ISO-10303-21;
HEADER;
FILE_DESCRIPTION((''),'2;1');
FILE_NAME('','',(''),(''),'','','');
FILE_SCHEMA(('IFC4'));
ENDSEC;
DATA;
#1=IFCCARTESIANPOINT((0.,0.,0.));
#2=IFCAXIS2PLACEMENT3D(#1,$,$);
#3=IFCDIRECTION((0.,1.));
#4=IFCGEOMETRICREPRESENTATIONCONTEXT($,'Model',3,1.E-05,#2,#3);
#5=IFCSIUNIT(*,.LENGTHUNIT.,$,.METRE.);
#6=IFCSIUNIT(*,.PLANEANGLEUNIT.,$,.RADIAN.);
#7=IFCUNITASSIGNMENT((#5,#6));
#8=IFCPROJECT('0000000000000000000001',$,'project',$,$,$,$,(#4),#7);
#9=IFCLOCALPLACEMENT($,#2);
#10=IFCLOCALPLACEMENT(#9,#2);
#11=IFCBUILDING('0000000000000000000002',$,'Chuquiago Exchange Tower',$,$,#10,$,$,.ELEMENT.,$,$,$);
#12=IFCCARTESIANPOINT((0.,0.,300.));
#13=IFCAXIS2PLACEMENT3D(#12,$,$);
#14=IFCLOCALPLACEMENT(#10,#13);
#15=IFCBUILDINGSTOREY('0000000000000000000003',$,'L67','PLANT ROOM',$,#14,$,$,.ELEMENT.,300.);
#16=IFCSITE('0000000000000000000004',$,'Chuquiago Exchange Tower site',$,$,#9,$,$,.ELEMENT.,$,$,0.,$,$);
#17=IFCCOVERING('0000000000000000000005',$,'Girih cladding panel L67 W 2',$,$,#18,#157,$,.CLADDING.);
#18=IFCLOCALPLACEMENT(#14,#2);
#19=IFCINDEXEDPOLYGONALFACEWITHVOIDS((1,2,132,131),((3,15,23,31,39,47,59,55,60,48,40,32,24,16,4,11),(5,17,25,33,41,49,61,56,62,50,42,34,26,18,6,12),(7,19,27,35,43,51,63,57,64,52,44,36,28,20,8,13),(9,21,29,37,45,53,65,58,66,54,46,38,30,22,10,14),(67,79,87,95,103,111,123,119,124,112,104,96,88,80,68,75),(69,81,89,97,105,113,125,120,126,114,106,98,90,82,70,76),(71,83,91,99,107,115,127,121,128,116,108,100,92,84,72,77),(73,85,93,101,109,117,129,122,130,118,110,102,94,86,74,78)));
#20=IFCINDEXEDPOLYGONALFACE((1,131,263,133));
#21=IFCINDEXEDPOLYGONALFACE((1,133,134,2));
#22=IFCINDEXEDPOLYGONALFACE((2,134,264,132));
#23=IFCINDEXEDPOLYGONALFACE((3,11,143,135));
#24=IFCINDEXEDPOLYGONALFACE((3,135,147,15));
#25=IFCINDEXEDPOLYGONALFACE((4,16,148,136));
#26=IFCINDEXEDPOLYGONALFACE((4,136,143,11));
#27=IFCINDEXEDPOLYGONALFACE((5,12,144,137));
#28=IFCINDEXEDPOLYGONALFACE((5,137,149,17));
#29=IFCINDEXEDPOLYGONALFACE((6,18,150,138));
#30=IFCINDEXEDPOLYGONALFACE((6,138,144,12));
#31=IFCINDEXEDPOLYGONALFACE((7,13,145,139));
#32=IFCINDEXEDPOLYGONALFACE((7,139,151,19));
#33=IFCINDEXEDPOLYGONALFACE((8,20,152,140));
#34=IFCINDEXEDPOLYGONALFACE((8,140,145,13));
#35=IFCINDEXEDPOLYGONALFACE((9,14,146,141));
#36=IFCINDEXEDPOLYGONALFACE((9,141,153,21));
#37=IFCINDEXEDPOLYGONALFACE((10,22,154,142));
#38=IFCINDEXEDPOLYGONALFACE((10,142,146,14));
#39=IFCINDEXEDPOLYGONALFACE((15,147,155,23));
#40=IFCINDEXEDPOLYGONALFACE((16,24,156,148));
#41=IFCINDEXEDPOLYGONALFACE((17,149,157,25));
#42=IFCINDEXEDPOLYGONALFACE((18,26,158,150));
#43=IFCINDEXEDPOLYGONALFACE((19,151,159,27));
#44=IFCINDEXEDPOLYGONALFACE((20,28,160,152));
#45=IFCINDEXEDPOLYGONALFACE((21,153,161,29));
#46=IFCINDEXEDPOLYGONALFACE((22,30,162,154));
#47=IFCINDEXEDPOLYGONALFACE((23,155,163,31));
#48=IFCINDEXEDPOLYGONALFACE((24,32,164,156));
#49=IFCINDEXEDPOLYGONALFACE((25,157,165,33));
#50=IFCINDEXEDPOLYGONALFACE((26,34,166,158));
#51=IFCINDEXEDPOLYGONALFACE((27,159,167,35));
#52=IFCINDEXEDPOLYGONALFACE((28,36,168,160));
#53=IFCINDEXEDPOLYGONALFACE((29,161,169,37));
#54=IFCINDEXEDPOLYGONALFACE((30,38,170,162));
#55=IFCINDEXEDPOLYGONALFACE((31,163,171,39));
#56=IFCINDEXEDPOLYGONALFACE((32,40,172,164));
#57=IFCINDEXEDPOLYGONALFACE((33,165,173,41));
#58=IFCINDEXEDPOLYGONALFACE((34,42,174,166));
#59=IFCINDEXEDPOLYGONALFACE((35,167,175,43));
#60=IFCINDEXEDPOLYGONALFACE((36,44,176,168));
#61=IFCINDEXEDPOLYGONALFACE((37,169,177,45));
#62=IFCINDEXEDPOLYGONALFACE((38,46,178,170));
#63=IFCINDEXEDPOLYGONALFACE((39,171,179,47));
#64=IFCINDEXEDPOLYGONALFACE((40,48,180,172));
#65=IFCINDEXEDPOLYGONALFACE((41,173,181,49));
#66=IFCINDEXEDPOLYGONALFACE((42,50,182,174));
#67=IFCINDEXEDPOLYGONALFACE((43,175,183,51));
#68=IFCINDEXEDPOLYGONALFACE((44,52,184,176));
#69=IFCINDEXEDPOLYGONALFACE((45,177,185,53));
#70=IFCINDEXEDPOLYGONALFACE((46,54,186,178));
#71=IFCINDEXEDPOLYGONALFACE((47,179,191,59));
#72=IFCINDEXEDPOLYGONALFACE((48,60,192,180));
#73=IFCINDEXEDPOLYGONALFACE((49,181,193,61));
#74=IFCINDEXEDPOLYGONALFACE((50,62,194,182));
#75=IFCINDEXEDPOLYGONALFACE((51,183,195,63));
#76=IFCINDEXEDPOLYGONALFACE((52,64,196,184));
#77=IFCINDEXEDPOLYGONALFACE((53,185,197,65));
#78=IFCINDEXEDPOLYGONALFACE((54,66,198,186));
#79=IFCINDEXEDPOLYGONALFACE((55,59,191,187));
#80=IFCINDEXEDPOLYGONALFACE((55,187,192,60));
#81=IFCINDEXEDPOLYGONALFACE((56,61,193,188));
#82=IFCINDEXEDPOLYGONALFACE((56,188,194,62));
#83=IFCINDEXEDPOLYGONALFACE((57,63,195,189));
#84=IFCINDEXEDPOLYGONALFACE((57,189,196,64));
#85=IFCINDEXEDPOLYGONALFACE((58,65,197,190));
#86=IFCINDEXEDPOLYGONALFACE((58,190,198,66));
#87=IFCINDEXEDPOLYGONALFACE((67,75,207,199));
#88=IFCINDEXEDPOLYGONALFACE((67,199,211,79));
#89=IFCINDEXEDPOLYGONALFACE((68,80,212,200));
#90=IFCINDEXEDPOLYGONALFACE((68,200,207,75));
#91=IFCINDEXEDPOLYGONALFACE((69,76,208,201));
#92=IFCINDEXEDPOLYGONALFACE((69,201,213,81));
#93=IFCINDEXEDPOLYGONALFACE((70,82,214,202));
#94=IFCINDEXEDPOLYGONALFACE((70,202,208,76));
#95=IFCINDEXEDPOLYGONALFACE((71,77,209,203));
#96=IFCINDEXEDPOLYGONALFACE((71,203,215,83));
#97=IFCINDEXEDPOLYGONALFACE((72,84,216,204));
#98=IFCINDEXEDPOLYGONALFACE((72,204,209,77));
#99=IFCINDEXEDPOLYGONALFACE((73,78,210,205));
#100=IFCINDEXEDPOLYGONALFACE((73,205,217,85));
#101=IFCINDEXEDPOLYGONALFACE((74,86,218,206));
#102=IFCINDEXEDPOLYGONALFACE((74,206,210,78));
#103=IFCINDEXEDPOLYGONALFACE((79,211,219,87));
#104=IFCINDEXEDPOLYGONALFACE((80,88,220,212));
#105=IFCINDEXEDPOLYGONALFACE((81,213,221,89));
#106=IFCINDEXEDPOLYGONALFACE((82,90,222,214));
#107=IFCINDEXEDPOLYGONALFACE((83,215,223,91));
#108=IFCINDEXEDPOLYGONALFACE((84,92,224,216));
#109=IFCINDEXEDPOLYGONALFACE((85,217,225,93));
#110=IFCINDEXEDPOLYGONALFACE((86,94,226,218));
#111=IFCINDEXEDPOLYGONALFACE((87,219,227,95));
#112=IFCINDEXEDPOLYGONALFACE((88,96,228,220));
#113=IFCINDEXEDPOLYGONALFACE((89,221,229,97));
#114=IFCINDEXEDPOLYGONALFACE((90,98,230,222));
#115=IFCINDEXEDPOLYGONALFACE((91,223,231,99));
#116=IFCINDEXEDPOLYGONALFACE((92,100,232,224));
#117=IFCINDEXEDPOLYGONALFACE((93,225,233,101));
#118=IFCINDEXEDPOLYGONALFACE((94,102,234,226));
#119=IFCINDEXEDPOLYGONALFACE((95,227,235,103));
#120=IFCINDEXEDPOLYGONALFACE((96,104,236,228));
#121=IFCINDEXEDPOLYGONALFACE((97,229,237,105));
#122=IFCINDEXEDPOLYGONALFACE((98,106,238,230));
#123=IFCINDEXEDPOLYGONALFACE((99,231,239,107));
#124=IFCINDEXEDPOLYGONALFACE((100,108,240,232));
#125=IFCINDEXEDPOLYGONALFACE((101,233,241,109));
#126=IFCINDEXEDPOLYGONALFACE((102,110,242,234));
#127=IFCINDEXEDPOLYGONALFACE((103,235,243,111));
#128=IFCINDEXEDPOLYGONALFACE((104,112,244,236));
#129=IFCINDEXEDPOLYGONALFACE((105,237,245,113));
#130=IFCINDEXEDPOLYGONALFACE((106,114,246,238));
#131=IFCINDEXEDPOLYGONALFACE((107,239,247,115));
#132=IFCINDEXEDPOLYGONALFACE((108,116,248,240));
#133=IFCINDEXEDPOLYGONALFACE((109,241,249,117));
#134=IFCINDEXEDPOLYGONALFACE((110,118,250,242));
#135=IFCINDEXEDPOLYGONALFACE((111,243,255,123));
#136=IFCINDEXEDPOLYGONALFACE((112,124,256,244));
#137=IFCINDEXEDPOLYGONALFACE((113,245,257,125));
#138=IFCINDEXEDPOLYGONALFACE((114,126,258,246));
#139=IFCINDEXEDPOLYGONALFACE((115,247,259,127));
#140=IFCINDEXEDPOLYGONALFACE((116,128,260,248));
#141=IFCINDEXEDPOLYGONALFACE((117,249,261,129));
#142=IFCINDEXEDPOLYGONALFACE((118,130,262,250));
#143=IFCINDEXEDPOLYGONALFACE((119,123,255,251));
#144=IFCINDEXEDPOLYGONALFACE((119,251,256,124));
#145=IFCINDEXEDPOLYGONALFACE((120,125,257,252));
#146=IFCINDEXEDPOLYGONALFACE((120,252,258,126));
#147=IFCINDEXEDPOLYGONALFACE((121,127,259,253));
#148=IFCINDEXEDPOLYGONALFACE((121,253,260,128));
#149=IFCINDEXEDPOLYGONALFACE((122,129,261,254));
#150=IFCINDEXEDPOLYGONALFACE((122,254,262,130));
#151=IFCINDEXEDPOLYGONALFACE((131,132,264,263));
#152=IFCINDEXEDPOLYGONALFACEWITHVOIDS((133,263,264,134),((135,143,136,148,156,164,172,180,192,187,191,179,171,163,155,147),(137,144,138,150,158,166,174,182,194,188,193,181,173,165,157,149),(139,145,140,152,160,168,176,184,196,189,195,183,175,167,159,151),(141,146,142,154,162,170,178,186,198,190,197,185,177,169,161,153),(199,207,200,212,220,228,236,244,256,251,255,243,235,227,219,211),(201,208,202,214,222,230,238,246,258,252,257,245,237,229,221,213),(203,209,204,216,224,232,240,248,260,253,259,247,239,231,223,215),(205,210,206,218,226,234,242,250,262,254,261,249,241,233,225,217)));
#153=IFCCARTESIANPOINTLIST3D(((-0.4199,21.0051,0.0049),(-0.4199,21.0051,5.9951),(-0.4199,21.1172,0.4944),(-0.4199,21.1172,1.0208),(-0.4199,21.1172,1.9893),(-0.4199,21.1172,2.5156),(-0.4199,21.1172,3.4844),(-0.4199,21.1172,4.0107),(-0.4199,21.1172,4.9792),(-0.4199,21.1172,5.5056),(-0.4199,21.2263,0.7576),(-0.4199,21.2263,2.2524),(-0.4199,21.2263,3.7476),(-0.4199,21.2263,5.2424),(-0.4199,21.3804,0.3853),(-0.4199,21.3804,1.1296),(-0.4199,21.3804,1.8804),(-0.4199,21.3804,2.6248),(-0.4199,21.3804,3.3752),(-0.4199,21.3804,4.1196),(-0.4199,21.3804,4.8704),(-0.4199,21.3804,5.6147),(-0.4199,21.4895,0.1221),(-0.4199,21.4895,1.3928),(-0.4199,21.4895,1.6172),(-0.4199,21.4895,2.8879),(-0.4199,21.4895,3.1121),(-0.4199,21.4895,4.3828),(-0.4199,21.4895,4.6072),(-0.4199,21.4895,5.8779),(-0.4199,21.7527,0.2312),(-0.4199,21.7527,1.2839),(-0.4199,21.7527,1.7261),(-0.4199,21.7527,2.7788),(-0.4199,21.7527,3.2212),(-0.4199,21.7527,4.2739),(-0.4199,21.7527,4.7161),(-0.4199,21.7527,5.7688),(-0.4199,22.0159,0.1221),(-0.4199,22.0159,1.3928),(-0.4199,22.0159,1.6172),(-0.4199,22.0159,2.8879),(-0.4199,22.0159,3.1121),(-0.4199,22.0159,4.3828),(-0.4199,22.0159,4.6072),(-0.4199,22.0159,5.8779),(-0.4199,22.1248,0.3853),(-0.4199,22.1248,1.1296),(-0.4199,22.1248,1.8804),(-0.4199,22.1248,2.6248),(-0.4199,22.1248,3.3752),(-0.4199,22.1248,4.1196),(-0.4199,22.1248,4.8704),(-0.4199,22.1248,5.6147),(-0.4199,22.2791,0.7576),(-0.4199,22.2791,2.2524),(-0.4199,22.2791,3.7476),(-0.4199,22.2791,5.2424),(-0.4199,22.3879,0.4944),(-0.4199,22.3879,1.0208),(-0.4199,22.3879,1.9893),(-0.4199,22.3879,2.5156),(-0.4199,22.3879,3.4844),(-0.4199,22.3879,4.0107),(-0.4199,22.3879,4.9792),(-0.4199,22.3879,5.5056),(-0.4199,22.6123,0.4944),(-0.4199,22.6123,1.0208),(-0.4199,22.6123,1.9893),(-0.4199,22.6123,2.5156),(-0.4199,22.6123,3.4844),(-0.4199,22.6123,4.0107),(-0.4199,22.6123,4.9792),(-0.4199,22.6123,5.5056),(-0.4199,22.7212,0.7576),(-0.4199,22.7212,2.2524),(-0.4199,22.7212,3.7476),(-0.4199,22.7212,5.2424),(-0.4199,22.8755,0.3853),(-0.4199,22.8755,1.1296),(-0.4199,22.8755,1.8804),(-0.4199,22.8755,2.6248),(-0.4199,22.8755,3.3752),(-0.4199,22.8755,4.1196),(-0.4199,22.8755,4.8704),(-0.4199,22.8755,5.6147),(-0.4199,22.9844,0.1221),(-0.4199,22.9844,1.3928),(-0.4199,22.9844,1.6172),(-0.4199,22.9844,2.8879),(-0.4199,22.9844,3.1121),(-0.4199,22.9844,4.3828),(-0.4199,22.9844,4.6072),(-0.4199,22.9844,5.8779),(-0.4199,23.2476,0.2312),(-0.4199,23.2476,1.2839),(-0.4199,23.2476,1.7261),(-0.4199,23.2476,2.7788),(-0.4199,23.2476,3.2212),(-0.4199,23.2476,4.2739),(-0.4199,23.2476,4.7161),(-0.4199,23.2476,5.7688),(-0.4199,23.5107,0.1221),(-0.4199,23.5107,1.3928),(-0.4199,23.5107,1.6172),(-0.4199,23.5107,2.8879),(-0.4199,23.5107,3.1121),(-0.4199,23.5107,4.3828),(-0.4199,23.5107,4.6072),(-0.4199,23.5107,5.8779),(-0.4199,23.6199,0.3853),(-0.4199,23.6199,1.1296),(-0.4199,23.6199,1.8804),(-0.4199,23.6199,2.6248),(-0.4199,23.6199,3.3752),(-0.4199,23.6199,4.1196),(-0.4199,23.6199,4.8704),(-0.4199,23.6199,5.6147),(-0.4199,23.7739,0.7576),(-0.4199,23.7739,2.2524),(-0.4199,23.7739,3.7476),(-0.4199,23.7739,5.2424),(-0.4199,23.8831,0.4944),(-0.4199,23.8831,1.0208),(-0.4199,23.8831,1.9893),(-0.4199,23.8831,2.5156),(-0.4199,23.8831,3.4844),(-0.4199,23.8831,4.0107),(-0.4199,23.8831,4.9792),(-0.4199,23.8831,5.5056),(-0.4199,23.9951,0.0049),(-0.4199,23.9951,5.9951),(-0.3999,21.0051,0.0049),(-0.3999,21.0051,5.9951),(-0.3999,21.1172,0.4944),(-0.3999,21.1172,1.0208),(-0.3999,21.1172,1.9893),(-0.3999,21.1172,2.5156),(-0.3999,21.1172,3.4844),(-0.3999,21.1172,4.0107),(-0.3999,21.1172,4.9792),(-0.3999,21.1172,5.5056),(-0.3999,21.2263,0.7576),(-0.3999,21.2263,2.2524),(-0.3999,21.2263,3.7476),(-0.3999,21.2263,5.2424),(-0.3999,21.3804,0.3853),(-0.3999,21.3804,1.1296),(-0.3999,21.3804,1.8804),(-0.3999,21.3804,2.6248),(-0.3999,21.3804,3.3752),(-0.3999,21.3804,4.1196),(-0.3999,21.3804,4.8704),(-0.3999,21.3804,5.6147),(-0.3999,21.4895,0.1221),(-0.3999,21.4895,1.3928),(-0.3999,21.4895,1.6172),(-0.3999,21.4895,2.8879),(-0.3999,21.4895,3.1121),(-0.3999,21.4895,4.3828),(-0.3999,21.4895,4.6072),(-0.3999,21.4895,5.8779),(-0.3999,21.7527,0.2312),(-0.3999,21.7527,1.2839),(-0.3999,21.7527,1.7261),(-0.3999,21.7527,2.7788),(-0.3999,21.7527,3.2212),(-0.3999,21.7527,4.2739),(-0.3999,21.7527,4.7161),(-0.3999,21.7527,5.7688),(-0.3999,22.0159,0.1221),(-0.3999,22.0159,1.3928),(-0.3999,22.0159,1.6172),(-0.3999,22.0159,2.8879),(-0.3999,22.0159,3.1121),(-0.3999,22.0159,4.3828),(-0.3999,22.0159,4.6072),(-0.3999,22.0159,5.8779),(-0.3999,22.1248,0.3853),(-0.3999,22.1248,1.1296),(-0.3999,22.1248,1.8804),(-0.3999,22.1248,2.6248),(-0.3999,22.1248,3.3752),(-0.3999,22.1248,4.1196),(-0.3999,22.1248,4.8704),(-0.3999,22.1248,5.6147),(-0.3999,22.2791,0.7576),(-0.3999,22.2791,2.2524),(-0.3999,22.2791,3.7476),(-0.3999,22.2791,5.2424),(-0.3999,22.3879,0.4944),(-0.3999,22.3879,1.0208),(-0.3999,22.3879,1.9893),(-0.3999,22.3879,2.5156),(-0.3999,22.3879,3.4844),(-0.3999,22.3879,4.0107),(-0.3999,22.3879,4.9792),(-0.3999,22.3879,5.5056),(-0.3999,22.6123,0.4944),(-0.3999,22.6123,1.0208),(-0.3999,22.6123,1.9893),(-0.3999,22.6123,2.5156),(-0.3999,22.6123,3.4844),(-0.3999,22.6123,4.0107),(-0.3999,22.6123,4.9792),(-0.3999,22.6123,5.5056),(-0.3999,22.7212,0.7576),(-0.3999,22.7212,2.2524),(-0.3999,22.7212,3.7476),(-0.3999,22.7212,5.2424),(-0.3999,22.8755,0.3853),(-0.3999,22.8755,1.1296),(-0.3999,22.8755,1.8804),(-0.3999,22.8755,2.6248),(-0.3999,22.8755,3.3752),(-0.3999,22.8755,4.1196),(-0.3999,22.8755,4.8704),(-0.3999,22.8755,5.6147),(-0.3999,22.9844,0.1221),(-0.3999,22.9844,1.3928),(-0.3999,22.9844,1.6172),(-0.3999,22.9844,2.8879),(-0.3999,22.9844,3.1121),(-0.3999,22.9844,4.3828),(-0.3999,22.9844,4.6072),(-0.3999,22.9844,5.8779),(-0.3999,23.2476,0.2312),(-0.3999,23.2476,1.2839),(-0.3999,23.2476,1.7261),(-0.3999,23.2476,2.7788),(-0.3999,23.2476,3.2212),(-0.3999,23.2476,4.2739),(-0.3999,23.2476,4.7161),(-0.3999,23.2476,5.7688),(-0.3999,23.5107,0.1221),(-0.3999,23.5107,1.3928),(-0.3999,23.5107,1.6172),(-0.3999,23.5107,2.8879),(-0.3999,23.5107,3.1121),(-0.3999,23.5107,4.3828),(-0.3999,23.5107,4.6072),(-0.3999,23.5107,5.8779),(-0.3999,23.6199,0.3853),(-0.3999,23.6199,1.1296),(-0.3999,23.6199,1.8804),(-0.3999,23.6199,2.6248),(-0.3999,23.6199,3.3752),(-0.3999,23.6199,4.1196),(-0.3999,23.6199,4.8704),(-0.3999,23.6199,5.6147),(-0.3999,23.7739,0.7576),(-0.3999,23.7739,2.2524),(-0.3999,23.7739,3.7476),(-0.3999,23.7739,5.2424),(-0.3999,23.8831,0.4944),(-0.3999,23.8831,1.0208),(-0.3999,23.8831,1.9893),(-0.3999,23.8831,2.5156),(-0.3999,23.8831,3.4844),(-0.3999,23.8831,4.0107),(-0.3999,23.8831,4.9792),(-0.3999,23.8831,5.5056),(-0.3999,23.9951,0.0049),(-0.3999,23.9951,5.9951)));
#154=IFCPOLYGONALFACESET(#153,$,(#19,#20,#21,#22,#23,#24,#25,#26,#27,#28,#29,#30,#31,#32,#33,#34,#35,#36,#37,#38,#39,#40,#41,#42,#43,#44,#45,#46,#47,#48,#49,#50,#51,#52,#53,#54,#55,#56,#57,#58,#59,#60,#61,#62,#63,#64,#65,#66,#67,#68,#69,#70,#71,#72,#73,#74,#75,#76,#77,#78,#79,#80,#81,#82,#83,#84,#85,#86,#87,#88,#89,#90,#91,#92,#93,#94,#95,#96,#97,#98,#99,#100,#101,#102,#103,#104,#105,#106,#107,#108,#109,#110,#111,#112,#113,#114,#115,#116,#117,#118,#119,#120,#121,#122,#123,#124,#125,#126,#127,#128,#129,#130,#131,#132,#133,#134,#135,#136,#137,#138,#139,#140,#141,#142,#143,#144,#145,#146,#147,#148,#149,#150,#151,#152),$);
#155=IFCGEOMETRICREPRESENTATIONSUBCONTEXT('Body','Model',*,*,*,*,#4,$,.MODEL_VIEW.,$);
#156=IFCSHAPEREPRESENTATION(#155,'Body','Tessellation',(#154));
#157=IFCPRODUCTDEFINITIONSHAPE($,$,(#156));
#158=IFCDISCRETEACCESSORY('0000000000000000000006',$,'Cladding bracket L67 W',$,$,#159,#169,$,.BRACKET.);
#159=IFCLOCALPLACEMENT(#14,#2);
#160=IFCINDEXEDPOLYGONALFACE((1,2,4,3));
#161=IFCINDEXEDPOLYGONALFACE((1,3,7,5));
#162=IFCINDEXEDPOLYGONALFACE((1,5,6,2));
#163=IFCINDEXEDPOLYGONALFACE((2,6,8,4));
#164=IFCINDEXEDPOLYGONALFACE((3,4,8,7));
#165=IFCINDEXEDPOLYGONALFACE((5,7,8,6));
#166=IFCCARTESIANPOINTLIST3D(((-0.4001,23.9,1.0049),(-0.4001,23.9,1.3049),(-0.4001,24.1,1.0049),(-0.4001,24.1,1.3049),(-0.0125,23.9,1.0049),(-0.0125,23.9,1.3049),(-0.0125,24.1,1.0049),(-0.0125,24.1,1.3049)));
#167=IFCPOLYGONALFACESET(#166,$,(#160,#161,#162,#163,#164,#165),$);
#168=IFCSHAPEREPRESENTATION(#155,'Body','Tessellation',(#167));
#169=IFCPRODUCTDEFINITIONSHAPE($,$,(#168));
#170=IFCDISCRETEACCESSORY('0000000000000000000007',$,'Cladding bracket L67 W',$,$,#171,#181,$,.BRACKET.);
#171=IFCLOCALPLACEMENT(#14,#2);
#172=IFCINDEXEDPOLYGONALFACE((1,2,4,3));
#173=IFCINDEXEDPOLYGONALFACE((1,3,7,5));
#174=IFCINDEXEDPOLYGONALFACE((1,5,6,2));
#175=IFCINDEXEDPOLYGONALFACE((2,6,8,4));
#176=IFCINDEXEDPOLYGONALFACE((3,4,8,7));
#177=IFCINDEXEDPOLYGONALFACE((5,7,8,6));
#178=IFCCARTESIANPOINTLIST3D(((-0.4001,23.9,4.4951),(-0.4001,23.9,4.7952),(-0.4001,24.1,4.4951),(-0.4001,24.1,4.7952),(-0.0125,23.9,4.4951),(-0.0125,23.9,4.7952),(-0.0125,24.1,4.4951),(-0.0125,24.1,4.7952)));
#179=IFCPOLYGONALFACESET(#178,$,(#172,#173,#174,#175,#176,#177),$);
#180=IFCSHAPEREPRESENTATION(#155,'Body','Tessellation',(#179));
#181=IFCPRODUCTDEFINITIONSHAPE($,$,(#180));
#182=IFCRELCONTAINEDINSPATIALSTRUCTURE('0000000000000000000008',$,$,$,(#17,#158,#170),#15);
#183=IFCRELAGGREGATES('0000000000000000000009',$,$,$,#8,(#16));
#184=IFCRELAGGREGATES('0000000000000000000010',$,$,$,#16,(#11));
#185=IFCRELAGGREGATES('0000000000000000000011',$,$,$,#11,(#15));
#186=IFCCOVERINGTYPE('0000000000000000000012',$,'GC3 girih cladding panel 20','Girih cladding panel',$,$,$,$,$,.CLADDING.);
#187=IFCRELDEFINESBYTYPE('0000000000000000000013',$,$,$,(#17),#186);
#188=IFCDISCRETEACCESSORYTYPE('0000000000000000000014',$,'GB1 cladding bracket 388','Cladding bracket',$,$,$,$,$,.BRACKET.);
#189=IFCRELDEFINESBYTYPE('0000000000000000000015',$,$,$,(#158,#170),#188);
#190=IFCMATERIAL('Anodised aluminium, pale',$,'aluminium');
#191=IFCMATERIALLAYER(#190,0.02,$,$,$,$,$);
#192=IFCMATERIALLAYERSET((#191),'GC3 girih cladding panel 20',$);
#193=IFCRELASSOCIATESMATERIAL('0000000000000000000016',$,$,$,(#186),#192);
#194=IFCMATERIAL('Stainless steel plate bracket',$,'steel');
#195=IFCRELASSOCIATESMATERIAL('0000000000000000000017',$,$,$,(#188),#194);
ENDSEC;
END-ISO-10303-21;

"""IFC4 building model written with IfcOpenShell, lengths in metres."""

from ifc_helpers import new_model, si_unit, direction, frame, origin, origin_2d, place, context, subcontext, project, spatial, polyline, rectangle, outline, extrude, material, layer, layer_set, type_object, element, save


model = new_model("IFC4")

# Units and contexts
model_context = context("Model", 3, precision=1e-05, world=origin(), true_north=direction((0.0, 1.0)))
body_context = subcontext(model_context, "Body", "Model", "MODEL_VIEW")
ifc_project = project(units=[si_unit("LENGTHUNIT", "METRE"), si_unit("PLANEANGLEUNIT", "RADIAN")], contexts=[model_context])

# Site, building, storey
site_placement = place(None, origin())
site = spatial("IfcSite", under=ifc_project, at=site_placement, Name="Chuquiago Exchange Tower site", CompositionType="ELEMENT", RefElevation=0.0)
building_placement = place(site_placement, origin())
building = spatial("IfcBuilding", under=site, at=building_placement, Name="Chuquiago Exchange Tower", CompositionType="ELEMENT")
storey_placement = place(building_placement, frame((0.0, 0.0, 300.0)))
storey = spatial("IfcBuildingStorey", under=building, at=storey_placement, Name="L67", Description="PLANT ROOM", CompositionType="ELEMENT", Elevation=300.0)

# Covering
ifc_material_1 = material(Name="Anodised aluminium, pale", Category="aluminium")
ifc_layer_1 = layer(ifc_material_1, 0.02)
ifc_layer_set_1 = layer_set([ifc_layer_1], Name="GC3 girih cladding panel 20")
covering_type_1 = type_object("IfcCoveringType", Name="GC3 girih cladding panel 20", Description="Girih cladding panel", PredefinedType="CLADDING", material=ifc_layer_set_1)
covering_1_placement = place(storey_placement, frame((-0.3999, 23.9951, 0.0049), z_axis=(0.0, 0.0, 1.0), x_axis=(0.0, -1.0, 0.0)))
element("IfcCovering", 1, at=covering_1_placement, inside=storey, type_object=covering_type_1, Name="Girih cladding panel L67 W 2", PredefinedType="CLADDING", context=body_context, shape_type="SweptSolid", body=[
    extrude(outline(polyline([(0.0, 0.0), (2.99, 0.0), (2.99, 5.9902), (0.0, 5.9902), (0.0, 0.0)]), holes=[polyline([(1.2739, 0.7527), (1.3828, 1.0159), (1.1196, 1.1248), (1.0107, 1.3879), (0.7476, 1.2791), (0.4844, 1.3879), (0.3752, 1.1248), (0.1121, 1.0159), (0.2212, 0.7527), (0.1121, 0.4895), (0.3752, 0.3804), (0.4844, 0.1172), (0.7476, 0.2263), (1.0107, 0.1172), (1.1196, 0.3804), (1.3828, 0.4895), (1.2739, 0.7527)]), polyline([(2.7688, 0.7527), (2.8779, 1.0159), (2.6147, 1.1248), (2.5056, 1.3879), (2.2424, 1.2791), (1.9792, 1.3879), (1.8704, 1.1248), (1.6072, 1.0159), (1.7161, 0.7527), (1.6072, 0.4895), (1.8704, 0.3804), (1.9792, 0.1172), (2.2424, 0.2263), (2.5056, 0.1172), (2.6147, 0.3804), (2.8779, 0.4895), (2.7688, 0.7527)]), polyline([(1.2739, 2.2476), (1.3828, 2.5107), (1.1196, 2.6199), (1.0107, 2.8831), (0.7476, 2.7739), (0.4844, 2.8831), (0.3752, 2.6199), (0.1121, 2.5107), (0.2212, 2.2476), (0.1121, 1.9844), (0.3752, 1.8755), (0.4844, 1.6123), (0.7476, 1.7212), (1.0107, 1.6123), (1.1196, 1.8755), (1.3828, 1.9844), (1.2739, 2.2476)]), polyline([(2.7688, 2.2476), (2.8779, 2.5107), (2.6147, 2.6199), (2.5056, 2.8831), (2.2424, 2.7739), (1.9792, 2.8831), (1.8704, 2.6199), (1.6072, 2.5107), (1.7161, 2.2476), (1.6072, 1.9844), (1.8704, 1.8755), (1.9792, 1.6123), (2.2424, 1.7212), (2.5056, 1.6123), (2.6147, 1.8755), (2.8779, 1.9844), (2.7688, 2.2476)]), polyline([(1.2739, 3.7427), (1.3828, 4.0059), (1.1196, 4.1147), (1.0107, 4.3779), (0.7476, 4.269), (0.4844, 4.3779), (0.3752, 4.1147), (0.1121, 4.0059), (0.2212, 3.7427), (0.1121, 3.4795), (0.3752, 3.3704), (0.4844, 3.1072), (0.7476, 3.2163), (1.0107, 3.1072), (1.1196, 3.3704), (1.3828, 3.4795), (1.2739, 3.7427)]), polyline([(2.7688, 3.7427), (2.8779, 4.0059), (2.6147, 4.1147), (2.5056, 4.3779), (2.2424, 4.269), (1.9792, 4.3779), (1.8704, 4.1147), (1.6072, 4.0059), (1.7161, 3.7427), (1.6072, 3.4795), (1.8704, 3.3704), (1.9792, 3.1072), (2.2424, 3.2163), (2.5056, 3.1072), (2.6147, 3.3704), (2.8779, 3.4795), (2.7688, 3.7427)]), polyline([(1.2739, 5.2375), (1.3828, 5.5007), (1.1196, 5.6099), (1.0107, 5.873), (0.7476, 5.7639), (0.4844, 5.873), (0.3752, 5.6099), (0.1121, 5.5007), (0.2212, 5.2375), (0.1121, 4.9744), (0.3752, 4.8655), (0.4844, 4.6023), (0.7476, 4.7112), (1.0107, 4.6023), (1.1196, 4.8655), (1.3828, 4.9744), (1.2739, 5.2375)]), polyline([(2.7688, 5.2375), (2.8779, 5.5007), (2.6147, 5.6099), (2.5056, 5.873), (2.2424, 5.7639), (1.9792, 5.873), (1.8704, 5.6099), (1.6072, 5.5007), (1.7161, 5.2375), (1.6072, 4.9744), (1.8704, 4.8655), (1.9792, 4.6023), (2.2424, 4.7112), (2.5056, 4.6023), (2.6147, 4.8655), (2.8779, 4.9744), (2.7688, 5.2375)])]), frame((0.0, 0.0, 0.0), z_axis=(0.0, -1.0, 0.0), x_axis=(1.0, 0.0, 0.0)), (0.0, 0.0, 1.0), 0.02),
])

# Discrete accessories
ifc_material_2 = material(Name="Stainless steel plate bracket", Category="steel")
discrete_accessory_type_1 = type_object("IfcDiscreteAccessoryType", Name="GB1 cladding bracket 388", Description="Cladding bracket", PredefinedType="BRACKET", material=ifc_material_2)
for number, where, z_axis, x_axis, name in (
    (2, (-0.2063, 24.0, 1.0049), (0.0, 0.0, 1.0), (0.0, -1.0, 0.0), "Cladding bracket L67 W"),
    (3, (-0.2063, 24.0, 4.4951), (0.0, 0.0, 1.0), (0.0, -1.0, 0.0), "Cladding bracket L67 W"),
):
    element("IfcDiscreteAccessory", number, at=place(storey_placement, frame(where, z_axis=z_axis, x_axis=x_axis)), inside=storey, type_object=discrete_accessory_type_1, Name=name, PredefinedType="BRACKET", context=body_context, shape_type="SweptSolid", body=[
        extrude(rectangle(XDim=0.2, YDim=0.3877, at=origin_2d()), origin(), (0.0, 0.0, 1.0), 0.3),
    ])

save(model, "model.ifc")
